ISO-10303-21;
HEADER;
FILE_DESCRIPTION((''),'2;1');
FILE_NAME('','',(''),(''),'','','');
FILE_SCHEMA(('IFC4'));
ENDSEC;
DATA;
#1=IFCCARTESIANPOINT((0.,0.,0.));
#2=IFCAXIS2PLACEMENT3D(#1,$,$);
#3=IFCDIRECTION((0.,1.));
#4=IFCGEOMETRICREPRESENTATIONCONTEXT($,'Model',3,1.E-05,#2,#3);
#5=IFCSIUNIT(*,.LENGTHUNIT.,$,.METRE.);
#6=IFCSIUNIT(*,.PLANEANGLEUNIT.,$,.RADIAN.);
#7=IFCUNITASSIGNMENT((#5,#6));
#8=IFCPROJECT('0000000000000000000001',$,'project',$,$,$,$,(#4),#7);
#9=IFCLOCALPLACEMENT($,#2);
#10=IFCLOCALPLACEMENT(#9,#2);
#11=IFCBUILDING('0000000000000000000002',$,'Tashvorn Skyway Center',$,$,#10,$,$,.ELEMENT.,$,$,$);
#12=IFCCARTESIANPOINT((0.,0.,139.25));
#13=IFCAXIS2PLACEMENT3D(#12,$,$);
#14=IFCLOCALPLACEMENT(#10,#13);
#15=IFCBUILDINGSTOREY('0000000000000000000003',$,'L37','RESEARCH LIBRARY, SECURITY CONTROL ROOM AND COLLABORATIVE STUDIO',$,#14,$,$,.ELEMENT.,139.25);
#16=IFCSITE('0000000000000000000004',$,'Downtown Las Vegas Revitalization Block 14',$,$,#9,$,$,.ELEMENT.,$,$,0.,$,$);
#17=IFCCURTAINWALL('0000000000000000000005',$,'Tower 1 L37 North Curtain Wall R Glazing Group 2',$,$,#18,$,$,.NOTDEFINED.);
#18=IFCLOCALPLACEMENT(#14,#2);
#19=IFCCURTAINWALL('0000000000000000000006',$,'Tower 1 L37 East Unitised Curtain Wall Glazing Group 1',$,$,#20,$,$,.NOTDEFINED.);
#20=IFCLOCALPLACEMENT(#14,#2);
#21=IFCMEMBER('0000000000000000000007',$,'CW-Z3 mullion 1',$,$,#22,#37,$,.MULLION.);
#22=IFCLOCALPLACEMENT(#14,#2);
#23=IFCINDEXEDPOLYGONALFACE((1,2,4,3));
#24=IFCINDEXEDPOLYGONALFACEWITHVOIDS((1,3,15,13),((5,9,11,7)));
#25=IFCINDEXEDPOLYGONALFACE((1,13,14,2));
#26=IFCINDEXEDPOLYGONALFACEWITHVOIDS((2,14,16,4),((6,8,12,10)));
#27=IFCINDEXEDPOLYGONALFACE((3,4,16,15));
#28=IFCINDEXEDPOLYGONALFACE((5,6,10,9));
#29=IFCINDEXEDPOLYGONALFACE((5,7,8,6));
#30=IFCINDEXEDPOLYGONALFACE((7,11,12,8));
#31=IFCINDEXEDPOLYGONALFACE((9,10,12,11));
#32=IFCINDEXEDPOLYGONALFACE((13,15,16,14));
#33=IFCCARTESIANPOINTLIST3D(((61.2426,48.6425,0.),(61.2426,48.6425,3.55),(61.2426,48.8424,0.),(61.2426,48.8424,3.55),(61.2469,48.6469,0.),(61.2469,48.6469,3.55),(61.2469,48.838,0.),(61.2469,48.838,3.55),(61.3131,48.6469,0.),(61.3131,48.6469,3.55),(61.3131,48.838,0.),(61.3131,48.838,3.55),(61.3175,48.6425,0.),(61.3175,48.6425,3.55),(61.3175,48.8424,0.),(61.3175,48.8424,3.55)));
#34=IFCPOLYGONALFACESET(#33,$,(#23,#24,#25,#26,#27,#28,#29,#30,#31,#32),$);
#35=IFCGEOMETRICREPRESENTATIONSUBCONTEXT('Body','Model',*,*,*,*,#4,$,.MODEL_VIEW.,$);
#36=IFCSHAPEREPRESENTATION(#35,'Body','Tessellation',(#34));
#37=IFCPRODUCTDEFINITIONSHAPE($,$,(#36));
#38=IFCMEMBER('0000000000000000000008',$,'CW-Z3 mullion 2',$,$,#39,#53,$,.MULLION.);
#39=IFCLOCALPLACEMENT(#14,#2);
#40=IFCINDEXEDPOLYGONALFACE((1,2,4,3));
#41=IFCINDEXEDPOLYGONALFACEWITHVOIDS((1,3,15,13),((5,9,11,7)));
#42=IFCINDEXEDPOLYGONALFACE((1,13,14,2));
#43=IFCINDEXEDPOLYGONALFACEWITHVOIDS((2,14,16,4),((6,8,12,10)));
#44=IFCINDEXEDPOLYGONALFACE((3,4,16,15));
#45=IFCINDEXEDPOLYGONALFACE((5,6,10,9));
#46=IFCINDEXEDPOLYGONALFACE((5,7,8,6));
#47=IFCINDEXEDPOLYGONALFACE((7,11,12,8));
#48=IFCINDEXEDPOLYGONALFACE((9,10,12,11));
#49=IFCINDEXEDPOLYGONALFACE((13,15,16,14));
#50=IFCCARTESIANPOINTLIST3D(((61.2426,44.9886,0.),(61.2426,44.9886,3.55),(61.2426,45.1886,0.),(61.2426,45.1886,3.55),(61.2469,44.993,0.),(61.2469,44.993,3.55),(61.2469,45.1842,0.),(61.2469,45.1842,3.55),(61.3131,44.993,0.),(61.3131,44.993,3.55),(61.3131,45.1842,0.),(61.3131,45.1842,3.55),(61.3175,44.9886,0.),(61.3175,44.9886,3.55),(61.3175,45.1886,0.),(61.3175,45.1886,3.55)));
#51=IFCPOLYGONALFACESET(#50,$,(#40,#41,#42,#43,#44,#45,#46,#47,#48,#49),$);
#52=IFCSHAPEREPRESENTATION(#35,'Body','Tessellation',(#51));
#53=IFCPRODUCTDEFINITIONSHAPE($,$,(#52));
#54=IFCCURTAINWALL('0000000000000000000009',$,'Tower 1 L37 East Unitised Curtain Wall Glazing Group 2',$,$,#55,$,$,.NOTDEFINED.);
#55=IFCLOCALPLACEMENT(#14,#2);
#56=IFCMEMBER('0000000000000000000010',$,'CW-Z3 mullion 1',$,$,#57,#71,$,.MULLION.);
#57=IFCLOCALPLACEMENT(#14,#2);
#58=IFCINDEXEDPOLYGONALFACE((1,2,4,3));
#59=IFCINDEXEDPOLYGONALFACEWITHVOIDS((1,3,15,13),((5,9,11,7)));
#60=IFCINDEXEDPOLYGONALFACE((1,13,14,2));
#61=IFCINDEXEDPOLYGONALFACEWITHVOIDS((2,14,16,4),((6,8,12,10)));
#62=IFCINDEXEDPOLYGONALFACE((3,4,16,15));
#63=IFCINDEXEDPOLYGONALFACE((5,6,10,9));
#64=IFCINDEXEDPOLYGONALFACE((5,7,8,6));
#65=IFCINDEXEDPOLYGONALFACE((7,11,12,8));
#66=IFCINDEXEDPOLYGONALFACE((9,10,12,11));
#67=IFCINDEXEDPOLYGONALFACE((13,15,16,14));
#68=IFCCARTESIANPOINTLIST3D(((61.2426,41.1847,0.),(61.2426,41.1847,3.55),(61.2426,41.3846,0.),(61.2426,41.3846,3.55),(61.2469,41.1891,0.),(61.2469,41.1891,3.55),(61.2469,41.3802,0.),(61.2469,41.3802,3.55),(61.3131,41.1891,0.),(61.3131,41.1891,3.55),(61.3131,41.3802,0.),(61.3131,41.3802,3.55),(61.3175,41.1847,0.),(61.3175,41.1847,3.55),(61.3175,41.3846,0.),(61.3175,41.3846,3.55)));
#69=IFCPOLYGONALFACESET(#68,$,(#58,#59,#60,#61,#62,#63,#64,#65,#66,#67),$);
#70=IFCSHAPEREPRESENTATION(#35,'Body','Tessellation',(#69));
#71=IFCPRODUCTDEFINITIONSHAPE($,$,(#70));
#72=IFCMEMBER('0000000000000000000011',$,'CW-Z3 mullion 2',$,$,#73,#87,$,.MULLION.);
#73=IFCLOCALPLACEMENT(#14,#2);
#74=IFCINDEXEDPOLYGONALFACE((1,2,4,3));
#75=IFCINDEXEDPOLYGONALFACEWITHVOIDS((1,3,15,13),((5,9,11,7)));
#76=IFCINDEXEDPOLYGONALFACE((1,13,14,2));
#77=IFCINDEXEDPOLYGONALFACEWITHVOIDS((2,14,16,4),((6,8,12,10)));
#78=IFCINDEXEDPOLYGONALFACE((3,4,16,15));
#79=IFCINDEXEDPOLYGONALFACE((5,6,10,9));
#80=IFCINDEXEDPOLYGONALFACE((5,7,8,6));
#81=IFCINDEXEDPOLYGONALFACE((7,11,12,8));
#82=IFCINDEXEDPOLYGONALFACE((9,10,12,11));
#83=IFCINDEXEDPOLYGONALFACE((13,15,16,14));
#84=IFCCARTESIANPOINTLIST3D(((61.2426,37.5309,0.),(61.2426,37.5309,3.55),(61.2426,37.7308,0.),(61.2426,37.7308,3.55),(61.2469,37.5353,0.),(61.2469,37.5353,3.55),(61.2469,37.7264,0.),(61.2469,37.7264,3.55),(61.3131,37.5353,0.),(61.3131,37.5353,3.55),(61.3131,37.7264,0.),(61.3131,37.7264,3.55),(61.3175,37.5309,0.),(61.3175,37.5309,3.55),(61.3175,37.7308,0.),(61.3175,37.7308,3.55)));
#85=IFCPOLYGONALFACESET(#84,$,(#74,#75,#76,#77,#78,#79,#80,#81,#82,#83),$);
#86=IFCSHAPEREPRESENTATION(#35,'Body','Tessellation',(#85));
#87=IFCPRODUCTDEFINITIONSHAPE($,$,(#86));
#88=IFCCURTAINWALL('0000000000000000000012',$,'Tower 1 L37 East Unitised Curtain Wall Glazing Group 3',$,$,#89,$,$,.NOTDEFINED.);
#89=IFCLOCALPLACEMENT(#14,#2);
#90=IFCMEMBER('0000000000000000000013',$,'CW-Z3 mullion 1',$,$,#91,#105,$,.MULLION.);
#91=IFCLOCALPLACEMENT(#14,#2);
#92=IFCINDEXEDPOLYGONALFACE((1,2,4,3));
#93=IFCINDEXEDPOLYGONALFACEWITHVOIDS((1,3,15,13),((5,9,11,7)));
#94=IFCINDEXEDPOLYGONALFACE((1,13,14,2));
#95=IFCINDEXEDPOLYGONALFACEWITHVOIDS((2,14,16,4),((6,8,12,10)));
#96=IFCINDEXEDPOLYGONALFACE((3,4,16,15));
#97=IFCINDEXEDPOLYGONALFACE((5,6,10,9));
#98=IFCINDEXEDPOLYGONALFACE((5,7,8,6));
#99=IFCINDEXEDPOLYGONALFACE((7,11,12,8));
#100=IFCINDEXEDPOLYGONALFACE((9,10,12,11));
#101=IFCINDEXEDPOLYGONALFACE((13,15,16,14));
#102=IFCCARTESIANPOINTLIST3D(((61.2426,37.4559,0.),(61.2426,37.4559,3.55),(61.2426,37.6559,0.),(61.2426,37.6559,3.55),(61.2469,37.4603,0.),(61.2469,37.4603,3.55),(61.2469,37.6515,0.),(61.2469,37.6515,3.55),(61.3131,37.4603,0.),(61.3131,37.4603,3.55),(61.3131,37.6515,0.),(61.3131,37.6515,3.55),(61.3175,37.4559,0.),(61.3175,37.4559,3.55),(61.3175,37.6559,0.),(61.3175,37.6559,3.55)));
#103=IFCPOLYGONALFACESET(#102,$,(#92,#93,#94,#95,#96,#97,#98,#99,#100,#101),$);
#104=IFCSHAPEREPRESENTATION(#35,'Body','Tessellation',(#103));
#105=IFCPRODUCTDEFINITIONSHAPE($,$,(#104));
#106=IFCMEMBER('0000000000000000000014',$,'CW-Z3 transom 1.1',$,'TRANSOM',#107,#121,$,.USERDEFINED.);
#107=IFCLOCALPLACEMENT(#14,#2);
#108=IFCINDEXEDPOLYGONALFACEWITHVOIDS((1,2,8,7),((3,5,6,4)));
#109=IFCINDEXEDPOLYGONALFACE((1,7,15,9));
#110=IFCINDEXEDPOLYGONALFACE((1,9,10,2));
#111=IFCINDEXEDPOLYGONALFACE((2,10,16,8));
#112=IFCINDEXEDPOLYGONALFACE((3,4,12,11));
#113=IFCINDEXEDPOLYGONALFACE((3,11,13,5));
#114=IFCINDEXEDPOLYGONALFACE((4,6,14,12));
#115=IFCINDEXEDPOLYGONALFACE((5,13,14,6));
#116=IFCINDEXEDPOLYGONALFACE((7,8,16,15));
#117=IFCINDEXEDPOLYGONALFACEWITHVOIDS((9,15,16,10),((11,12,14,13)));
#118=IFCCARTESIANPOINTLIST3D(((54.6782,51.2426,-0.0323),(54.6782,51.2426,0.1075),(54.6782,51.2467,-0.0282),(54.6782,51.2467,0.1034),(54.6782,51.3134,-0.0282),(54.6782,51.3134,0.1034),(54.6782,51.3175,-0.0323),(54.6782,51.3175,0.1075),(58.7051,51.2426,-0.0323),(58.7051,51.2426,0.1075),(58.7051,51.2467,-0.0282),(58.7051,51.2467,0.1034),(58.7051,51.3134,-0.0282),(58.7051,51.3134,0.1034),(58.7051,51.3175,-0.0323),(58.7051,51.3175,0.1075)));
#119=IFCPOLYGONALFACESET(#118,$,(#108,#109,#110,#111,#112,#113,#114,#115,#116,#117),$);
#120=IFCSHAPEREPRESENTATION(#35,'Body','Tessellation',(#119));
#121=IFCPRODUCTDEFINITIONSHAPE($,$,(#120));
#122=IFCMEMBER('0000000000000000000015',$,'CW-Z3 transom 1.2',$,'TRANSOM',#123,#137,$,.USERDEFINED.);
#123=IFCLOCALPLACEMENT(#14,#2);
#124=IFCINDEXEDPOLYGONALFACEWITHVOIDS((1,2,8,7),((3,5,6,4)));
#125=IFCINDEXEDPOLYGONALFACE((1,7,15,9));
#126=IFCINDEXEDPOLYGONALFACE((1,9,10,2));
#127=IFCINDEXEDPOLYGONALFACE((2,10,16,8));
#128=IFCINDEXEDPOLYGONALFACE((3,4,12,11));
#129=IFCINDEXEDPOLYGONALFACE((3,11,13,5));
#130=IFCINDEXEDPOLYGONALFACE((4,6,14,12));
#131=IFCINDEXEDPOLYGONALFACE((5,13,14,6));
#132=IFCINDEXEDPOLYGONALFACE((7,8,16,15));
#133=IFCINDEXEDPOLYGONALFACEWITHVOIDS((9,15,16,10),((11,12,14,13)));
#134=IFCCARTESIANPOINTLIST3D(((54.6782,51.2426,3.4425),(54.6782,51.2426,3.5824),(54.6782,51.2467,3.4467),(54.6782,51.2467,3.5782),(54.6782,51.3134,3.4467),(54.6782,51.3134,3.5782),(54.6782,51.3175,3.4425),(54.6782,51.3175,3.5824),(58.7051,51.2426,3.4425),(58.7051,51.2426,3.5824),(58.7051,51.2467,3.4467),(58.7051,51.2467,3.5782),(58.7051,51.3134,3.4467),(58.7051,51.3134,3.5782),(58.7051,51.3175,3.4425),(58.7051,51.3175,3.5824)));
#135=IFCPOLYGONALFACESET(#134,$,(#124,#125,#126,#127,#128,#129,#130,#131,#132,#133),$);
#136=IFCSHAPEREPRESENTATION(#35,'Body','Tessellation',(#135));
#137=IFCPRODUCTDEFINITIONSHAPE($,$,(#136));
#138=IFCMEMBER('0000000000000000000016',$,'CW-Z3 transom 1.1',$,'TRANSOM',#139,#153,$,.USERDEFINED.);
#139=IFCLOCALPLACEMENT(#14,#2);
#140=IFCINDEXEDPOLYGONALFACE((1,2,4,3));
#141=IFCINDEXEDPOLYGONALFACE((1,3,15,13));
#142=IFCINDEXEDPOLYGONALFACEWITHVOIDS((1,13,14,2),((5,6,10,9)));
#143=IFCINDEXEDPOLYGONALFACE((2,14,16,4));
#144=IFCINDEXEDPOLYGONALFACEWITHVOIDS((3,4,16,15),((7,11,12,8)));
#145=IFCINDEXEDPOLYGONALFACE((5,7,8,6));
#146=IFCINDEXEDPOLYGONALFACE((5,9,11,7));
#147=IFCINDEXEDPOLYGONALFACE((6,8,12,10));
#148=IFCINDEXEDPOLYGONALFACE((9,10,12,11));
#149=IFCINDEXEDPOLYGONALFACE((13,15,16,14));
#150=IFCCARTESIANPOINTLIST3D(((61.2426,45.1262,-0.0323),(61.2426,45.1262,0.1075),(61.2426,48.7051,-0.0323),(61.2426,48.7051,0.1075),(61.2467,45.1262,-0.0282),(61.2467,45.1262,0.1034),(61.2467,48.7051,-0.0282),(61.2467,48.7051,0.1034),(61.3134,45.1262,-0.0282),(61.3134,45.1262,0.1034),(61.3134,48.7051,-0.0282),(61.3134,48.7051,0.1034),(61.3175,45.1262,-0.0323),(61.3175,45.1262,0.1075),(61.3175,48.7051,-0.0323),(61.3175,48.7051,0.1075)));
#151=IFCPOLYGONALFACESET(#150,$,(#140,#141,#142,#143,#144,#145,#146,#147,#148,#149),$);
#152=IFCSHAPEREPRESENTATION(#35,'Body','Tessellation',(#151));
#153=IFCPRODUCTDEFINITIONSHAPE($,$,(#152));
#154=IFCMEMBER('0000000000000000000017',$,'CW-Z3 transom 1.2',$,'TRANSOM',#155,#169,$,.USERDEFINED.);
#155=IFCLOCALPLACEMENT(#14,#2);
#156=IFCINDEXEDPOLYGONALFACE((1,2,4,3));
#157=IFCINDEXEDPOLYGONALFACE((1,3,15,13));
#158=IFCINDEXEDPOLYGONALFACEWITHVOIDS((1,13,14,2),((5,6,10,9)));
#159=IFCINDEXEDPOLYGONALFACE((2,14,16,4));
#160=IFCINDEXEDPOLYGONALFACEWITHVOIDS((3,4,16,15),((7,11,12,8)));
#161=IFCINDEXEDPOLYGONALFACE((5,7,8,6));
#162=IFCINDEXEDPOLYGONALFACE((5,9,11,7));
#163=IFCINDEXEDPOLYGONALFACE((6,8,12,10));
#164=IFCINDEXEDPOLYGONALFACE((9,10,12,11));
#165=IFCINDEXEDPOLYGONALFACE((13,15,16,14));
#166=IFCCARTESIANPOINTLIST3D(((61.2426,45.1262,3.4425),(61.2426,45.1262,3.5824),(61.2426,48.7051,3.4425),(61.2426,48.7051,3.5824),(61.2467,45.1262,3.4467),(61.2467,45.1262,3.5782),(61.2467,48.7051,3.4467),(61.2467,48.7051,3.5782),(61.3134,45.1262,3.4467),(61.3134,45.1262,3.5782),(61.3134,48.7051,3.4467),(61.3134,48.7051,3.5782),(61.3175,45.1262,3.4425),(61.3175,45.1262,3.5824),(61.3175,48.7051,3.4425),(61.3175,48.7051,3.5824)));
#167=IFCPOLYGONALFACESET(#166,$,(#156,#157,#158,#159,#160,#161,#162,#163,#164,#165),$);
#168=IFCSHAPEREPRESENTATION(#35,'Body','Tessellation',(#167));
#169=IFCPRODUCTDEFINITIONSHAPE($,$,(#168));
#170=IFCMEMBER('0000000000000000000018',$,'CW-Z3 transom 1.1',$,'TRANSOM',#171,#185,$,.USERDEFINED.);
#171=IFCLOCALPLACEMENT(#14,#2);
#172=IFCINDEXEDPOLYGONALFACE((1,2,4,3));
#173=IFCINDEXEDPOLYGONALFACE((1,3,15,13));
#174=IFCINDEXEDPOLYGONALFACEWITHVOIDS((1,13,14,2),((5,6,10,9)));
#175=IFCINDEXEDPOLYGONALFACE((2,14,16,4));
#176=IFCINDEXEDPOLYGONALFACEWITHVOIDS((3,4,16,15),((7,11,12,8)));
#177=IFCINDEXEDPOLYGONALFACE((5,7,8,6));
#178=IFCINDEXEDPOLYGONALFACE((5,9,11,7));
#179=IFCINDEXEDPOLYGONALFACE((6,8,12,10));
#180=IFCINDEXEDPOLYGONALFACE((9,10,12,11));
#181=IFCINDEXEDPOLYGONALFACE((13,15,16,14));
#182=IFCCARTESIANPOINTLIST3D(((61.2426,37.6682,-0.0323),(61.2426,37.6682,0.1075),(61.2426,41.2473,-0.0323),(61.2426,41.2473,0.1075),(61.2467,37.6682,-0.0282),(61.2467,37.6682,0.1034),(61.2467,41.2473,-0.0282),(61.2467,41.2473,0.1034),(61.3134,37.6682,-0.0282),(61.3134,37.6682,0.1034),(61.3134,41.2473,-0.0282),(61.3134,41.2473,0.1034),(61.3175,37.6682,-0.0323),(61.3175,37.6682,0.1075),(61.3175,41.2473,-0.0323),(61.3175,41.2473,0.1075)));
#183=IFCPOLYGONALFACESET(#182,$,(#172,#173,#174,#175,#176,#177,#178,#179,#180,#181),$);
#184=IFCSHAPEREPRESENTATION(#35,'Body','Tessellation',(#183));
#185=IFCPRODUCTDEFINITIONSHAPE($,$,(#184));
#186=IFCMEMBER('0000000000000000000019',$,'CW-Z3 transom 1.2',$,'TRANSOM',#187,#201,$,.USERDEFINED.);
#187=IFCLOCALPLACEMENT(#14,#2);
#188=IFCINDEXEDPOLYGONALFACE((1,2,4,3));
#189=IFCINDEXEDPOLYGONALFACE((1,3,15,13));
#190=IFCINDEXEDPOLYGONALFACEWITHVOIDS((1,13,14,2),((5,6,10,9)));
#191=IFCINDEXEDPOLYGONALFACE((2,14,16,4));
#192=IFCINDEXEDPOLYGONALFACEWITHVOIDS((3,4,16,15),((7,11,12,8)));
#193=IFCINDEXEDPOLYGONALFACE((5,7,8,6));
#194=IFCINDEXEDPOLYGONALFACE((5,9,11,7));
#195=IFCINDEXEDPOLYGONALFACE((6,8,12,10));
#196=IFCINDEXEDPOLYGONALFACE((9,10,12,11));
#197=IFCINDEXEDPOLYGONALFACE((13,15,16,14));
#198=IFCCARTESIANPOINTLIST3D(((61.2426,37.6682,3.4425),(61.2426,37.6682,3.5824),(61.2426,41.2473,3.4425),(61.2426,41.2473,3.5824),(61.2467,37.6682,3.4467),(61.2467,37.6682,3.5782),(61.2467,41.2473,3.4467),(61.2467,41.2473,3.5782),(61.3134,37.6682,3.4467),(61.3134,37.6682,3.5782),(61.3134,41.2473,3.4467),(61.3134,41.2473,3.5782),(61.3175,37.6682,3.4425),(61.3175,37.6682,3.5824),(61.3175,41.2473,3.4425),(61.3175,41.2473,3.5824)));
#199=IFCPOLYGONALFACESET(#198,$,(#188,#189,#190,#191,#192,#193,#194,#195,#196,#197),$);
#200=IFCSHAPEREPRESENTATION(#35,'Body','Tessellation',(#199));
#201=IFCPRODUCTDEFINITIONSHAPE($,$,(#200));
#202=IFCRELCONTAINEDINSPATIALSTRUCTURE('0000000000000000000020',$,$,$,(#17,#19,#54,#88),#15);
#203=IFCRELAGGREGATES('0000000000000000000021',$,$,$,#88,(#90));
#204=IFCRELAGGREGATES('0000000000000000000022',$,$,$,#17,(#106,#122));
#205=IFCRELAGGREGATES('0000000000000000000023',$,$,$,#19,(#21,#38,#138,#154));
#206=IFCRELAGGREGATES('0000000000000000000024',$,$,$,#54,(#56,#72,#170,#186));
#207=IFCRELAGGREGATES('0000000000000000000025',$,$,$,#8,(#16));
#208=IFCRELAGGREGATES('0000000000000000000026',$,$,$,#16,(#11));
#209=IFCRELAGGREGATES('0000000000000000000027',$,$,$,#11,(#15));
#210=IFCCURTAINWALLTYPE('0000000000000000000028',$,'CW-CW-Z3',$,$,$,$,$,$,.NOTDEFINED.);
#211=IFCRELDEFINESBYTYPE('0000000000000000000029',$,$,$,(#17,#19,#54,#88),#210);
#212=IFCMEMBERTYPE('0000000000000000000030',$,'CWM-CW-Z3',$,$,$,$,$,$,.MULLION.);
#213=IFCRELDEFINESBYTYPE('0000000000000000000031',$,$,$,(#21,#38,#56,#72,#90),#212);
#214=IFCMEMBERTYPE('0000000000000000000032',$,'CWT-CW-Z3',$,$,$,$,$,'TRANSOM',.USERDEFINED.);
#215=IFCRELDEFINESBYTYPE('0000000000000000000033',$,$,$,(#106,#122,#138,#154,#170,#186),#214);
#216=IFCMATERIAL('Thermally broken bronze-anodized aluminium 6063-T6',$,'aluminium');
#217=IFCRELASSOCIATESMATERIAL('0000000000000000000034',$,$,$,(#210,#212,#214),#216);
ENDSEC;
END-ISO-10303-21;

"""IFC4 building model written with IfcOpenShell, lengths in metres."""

from ifc_helpers import new_model, si_unit, direction, frame, origin, origin_2d, place, context, subcontext, project, spatial, hollow_rectangle, extrude, material, material_profile, profile_set, type_object, element, aggregate, save


model = new_model("IFC4")

# Units and contexts
model_context = context("Model", 3, precision=1e-05, world=origin(), true_north=direction((0.0, 1.0)))
body_context = subcontext(model_context, "Body", "Model", "MODEL_VIEW")
ifc_project = project(units=[si_unit("LENGTHUNIT", "METRE"), si_unit("PLANEANGLEUNIT", "RADIAN")], contexts=[model_context])

# Site, building, storey
site_placement = place(None, origin())
site = spatial("IfcSite", under=ifc_project, at=site_placement, Name="Downtown Las Vegas Revitalization Block 14", CompositionType="ELEMENT", RefElevation=0.0)
building_placement = place(site_placement, origin())
building = spatial("IfcBuilding", under=site, at=building_placement, Name="Tashvorn Skyway Center", CompositionType="ELEMENT")
storey_placement = place(building_placement, frame((0.0, 0.0, 139.25)))
storey = spatial("IfcBuildingStorey", under=building, at=storey_placement, Name="L37", Description="RESEARCH LIBRARY, SECURITY CONTROL ROOM AND COLLABORATIVE STUDIO", CompositionType="ELEMENT", Elevation=139.25)

# Shared definitions
ifc_material_1 = material(Name="Thermally broken bronze-anodized aluminium 6063-T6", Category="aluminium")
curtain_wall_type = type_object("IfcCurtainWallType", Name="CW-CW-Z3", PredefinedType="NOTDEFINED", material=ifc_material_1)
ifc_material_profile_1 = material_profile(ifc_material_1, hollow_rectangle(XDim=0.075, YDim=0.2, WallThickness=0.0044, at=origin_2d()), Name="ALU-MULL-75x200")
ifc_profile_set_1 = profile_set([ifc_material_profile_1], Name="Thermally broken bronze-anodized aluminium 6063-T6")
member_type_1 = type_object("IfcMemberType", Name="CWM-CW-Z3", PredefinedType="MULLION", material=ifc_profile_set_1)

# Curtain walls, members
curtain_wall_1_placement = place(storey_placement, origin())
curtain_wall_1 = element("IfcCurtainWall", 1, at=curtain_wall_1_placement, inside=storey, type_object=curtain_wall_type, Name="Tower 1 L37 North Curtain Wall R Glazing Group 2", PredefinedType="NOTDEFINED")
curtain_wall_2_placement = place(storey_placement, origin())
curtain_wall_2 = element("IfcCurtainWall", 2, at=curtain_wall_2_placement, inside=storey, type_object=curtain_wall_type, Name="Tower 1 L37 East Unitised Curtain Wall Glazing Group 1", PredefinedType="NOTDEFINED")
member_1_placement = place(storey_placement, frame((61.28, 48.7424, 0.0), z_axis=(0.0, 0.0, 1.0), x_axis=(1.0, 0.0, 0.0)))
member_1 = element("IfcMember", 3, at=member_1_placement, type_object=member_type_1, Name="CW-Z3 mullion 1", PredefinedType="MULLION", context=body_context, shape_type="SweptSolid", body=[
    extrude(hollow_rectangle(XDim=0.075, YDim=0.2, WallThickness=0.0044, at=origin_2d()), origin(), (0.0, 0.0, 1.0), 3.55),
])
member_2_placement = place(storey_placement, frame((61.28, 45.0886, 0.0), z_axis=(0.0, 0.0, 1.0), x_axis=(1.0, 0.0, 0.0)))
member_2 = element("IfcMember", 4, at=member_2_placement, type_object=member_type_1, Name="CW-Z3 mullion 2", PredefinedType="MULLION", context=body_context, shape_type="SweptSolid", body=[
    extrude(hollow_rectangle(XDim=0.075, YDim=0.2, WallThickness=0.0044, at=origin_2d()), origin(), (0.0, 0.0, 1.0), 3.55),
])
curtain_wall_3_placement = place(storey_placement, origin())
curtain_wall_3 = element("IfcCurtainWall", 5, at=curtain_wall_3_placement, inside=storey, type_object=curtain_wall_type, Name="Tower 1 L37 East Unitised Curtain Wall Glazing Group 2", PredefinedType="NOTDEFINED")
member_3_placement = place(storey_placement, frame((61.28, 41.2847, 0.0), z_axis=(0.0, 0.0, 1.0), x_axis=(1.0, 0.0, 0.0)))
member_3 = element("IfcMember", 6, at=member_3_placement, type_object=member_type_1, Name="CW-Z3 mullion 1", PredefinedType="MULLION", context=body_context, shape_type="SweptSolid", body=[
    extrude(hollow_rectangle(XDim=0.075, YDim=0.2, WallThickness=0.0044, at=origin_2d()), origin(), (0.0, 0.0, 1.0), 3.55),
])
member_4_placement = place(storey_placement, frame((61.28, 37.6309, 0.0), z_axis=(0.0, 0.0, 1.0), x_axis=(1.0, 0.0, 0.0)))
member_4 = element("IfcMember", 7, at=member_4_placement, type_object=member_type_1, Name="CW-Z3 mullion 2", PredefinedType="MULLION", context=body_context, shape_type="SweptSolid", body=[
    extrude(hollow_rectangle(XDim=0.075, YDim=0.2, WallThickness=0.0044, at=origin_2d()), origin(), (0.0, 0.0, 1.0), 3.55),
])

# Curtain wall, member
curtain_wall_4_placement = place(storey_placement, origin())
curtain_wall_4 = element("IfcCurtainWall", 8, at=curtain_wall_4_placement, inside=storey, type_object=curtain_wall_type, Name="Tower 1 L37 East Unitised Curtain Wall Glazing Group 3", PredefinedType="NOTDEFINED")
member_5_placement = place(storey_placement, frame((61.28, 37.5559, 0.0), z_axis=(0.0, 0.0, 1.0), x_axis=(1.0, 0.0, 0.0)))
member_5 = element("IfcMember", 9, at=member_5_placement, type_object=member_type_1, Name="CW-Z3 mullion 1", PredefinedType="MULLION", context=body_context, shape_type="SweptSolid", body=[
    extrude(hollow_rectangle(XDim=0.075, YDim=0.2, WallThickness=0.0044, at=origin_2d()), origin(), (0.0, 0.0, 1.0), 3.55),
])

# Members
ifc_material_profile_2 = material_profile(ifc_material_1, hollow_rectangle(XDim=0.075, YDim=0.1399, WallThickness=0.0042, at=origin_2d()), Name="ALU-TRAN-75x140")
ifc_profile_set_2 = profile_set([ifc_material_profile_2], Name="Thermally broken bronze-anodized aluminium 6063-T6")
member_type_2 = type_object("IfcMemberType", Name="CWT-CW-Z3", ElementType="TRANSOM", PredefinedType="USERDEFINED", material=ifc_profile_set_2)
member_6_placement = place(storey_placement, frame((54.6782, 51.28, 0.0376), z_axis=(1.0, 0.0, 0.0), x_axis=(0.0, 1.0, 0.0)))
member_6 = element("IfcMember", 10, at=member_6_placement, type_object=member_type_2, Name="CW-Z3 transom 1.1", ObjectType="TRANSOM", PredefinedType="USERDEFINED", context=body_context, shape_type="SweptSolid", body=[
    extrude(hollow_rectangle(XDim=0.075, YDim=0.1399, WallThickness=0.0042, at=origin_2d()), origin(), (0.0, 0.0, 1.0), 4.0269),
])
member_7_placement = place(storey_placement, frame((54.6782, 51.28, 3.5125), z_axis=(1.0, 0.0, 0.0), x_axis=(0.0, 1.0, 0.0)))
member_7 = element("IfcMember", 11, at=member_7_placement, type_object=member_type_2, Name="CW-Z3 transom 1.2", ObjectType="TRANSOM", PredefinedType="USERDEFINED", context=body_context, shape_type="SweptSolid", body=[
    extrude(hollow_rectangle(XDim=0.075, YDim=0.1399, WallThickness=0.0042, at=origin_2d()), origin(), (0.0, 0.0, 1.0), 4.0269),
])
member_8_placement = place(storey_placement, frame((61.28, 48.7051, 0.0376), z_axis=(0.0, -1.0, 0.0), x_axis=(1.0, 0.0, 0.0)))
member_8 = element("IfcMember", 12, at=member_8_placement, type_object=member_type_2, Name="CW-Z3 transom 1.1", ObjectType="TRANSOM", PredefinedType="USERDEFINED", context=body_context, shape_type="SweptSolid", body=[
    extrude(hollow_rectangle(XDim=0.075, YDim=0.1399, WallThickness=0.0042, at=origin_2d()), origin(), (0.0, 0.0, 1.0), 3.5789),
])
member_9_placement = place(storey_placement, frame((61.28, 48.7051, 3.5125), z_axis=(0.0, -1.0, 0.0), x_axis=(1.0, 0.0, 0.0)))
member_9 = element("IfcMember", 13, at=member_9_placement, type_object=member_type_2, Name="CW-Z3 transom 1.2", ObjectType="TRANSOM", PredefinedType="USERDEFINED", context=body_context, shape_type="SweptSolid", body=[
    extrude(hollow_rectangle(XDim=0.075, YDim=0.1399, WallThickness=0.0042, at=origin_2d()), origin(), (0.0, 0.0, 1.0), 3.5789),
])
member_10_placement = place(storey_placement, frame((61.28, 41.2473, 0.0376), z_axis=(0.0, -1.0, 0.0), x_axis=(1.0, 0.0, 0.0)))
member_10 = element("IfcMember", 14, at=member_10_placement, type_object=member_type_2, Name="CW-Z3 transom 1.1", ObjectType="TRANSOM", PredefinedType="USERDEFINED", context=body_context, shape_type="SweptSolid", body=[
    extrude(hollow_rectangle(XDim=0.075, YDim=0.1399, WallThickness=0.0042, at=origin_2d()), origin(), (0.0, 0.0, 1.0), 3.5791),
])
member_11_placement = place(storey_placement, frame((61.28, 41.2473, 3.5125), z_axis=(0.0, -1.0, 0.0), x_axis=(1.0, 0.0, 0.0)))
member_11 = element("IfcMember", 15, at=member_11_placement, type_object=member_type_2, Name="CW-Z3 transom 1.2", ObjectType="TRANSOM", PredefinedType="USERDEFINED", context=body_context, shape_type="SweptSolid", body=[
    extrude(hollow_rectangle(XDim=0.075, YDim=0.1399, WallThickness=0.0042, at=origin_2d()), origin(), (0.0, 0.0, 1.0), 3.5791),
])
aggregate(curtain_wall_4, [member_5])

aggregate(curtain_wall_1, [member_6, member_7])
aggregate(curtain_wall_2, [member_1, member_2, member_8, member_9])
aggregate(curtain_wall_3, [member_3, member_4, member_10, member_11])

save(model, "model.ifc")
